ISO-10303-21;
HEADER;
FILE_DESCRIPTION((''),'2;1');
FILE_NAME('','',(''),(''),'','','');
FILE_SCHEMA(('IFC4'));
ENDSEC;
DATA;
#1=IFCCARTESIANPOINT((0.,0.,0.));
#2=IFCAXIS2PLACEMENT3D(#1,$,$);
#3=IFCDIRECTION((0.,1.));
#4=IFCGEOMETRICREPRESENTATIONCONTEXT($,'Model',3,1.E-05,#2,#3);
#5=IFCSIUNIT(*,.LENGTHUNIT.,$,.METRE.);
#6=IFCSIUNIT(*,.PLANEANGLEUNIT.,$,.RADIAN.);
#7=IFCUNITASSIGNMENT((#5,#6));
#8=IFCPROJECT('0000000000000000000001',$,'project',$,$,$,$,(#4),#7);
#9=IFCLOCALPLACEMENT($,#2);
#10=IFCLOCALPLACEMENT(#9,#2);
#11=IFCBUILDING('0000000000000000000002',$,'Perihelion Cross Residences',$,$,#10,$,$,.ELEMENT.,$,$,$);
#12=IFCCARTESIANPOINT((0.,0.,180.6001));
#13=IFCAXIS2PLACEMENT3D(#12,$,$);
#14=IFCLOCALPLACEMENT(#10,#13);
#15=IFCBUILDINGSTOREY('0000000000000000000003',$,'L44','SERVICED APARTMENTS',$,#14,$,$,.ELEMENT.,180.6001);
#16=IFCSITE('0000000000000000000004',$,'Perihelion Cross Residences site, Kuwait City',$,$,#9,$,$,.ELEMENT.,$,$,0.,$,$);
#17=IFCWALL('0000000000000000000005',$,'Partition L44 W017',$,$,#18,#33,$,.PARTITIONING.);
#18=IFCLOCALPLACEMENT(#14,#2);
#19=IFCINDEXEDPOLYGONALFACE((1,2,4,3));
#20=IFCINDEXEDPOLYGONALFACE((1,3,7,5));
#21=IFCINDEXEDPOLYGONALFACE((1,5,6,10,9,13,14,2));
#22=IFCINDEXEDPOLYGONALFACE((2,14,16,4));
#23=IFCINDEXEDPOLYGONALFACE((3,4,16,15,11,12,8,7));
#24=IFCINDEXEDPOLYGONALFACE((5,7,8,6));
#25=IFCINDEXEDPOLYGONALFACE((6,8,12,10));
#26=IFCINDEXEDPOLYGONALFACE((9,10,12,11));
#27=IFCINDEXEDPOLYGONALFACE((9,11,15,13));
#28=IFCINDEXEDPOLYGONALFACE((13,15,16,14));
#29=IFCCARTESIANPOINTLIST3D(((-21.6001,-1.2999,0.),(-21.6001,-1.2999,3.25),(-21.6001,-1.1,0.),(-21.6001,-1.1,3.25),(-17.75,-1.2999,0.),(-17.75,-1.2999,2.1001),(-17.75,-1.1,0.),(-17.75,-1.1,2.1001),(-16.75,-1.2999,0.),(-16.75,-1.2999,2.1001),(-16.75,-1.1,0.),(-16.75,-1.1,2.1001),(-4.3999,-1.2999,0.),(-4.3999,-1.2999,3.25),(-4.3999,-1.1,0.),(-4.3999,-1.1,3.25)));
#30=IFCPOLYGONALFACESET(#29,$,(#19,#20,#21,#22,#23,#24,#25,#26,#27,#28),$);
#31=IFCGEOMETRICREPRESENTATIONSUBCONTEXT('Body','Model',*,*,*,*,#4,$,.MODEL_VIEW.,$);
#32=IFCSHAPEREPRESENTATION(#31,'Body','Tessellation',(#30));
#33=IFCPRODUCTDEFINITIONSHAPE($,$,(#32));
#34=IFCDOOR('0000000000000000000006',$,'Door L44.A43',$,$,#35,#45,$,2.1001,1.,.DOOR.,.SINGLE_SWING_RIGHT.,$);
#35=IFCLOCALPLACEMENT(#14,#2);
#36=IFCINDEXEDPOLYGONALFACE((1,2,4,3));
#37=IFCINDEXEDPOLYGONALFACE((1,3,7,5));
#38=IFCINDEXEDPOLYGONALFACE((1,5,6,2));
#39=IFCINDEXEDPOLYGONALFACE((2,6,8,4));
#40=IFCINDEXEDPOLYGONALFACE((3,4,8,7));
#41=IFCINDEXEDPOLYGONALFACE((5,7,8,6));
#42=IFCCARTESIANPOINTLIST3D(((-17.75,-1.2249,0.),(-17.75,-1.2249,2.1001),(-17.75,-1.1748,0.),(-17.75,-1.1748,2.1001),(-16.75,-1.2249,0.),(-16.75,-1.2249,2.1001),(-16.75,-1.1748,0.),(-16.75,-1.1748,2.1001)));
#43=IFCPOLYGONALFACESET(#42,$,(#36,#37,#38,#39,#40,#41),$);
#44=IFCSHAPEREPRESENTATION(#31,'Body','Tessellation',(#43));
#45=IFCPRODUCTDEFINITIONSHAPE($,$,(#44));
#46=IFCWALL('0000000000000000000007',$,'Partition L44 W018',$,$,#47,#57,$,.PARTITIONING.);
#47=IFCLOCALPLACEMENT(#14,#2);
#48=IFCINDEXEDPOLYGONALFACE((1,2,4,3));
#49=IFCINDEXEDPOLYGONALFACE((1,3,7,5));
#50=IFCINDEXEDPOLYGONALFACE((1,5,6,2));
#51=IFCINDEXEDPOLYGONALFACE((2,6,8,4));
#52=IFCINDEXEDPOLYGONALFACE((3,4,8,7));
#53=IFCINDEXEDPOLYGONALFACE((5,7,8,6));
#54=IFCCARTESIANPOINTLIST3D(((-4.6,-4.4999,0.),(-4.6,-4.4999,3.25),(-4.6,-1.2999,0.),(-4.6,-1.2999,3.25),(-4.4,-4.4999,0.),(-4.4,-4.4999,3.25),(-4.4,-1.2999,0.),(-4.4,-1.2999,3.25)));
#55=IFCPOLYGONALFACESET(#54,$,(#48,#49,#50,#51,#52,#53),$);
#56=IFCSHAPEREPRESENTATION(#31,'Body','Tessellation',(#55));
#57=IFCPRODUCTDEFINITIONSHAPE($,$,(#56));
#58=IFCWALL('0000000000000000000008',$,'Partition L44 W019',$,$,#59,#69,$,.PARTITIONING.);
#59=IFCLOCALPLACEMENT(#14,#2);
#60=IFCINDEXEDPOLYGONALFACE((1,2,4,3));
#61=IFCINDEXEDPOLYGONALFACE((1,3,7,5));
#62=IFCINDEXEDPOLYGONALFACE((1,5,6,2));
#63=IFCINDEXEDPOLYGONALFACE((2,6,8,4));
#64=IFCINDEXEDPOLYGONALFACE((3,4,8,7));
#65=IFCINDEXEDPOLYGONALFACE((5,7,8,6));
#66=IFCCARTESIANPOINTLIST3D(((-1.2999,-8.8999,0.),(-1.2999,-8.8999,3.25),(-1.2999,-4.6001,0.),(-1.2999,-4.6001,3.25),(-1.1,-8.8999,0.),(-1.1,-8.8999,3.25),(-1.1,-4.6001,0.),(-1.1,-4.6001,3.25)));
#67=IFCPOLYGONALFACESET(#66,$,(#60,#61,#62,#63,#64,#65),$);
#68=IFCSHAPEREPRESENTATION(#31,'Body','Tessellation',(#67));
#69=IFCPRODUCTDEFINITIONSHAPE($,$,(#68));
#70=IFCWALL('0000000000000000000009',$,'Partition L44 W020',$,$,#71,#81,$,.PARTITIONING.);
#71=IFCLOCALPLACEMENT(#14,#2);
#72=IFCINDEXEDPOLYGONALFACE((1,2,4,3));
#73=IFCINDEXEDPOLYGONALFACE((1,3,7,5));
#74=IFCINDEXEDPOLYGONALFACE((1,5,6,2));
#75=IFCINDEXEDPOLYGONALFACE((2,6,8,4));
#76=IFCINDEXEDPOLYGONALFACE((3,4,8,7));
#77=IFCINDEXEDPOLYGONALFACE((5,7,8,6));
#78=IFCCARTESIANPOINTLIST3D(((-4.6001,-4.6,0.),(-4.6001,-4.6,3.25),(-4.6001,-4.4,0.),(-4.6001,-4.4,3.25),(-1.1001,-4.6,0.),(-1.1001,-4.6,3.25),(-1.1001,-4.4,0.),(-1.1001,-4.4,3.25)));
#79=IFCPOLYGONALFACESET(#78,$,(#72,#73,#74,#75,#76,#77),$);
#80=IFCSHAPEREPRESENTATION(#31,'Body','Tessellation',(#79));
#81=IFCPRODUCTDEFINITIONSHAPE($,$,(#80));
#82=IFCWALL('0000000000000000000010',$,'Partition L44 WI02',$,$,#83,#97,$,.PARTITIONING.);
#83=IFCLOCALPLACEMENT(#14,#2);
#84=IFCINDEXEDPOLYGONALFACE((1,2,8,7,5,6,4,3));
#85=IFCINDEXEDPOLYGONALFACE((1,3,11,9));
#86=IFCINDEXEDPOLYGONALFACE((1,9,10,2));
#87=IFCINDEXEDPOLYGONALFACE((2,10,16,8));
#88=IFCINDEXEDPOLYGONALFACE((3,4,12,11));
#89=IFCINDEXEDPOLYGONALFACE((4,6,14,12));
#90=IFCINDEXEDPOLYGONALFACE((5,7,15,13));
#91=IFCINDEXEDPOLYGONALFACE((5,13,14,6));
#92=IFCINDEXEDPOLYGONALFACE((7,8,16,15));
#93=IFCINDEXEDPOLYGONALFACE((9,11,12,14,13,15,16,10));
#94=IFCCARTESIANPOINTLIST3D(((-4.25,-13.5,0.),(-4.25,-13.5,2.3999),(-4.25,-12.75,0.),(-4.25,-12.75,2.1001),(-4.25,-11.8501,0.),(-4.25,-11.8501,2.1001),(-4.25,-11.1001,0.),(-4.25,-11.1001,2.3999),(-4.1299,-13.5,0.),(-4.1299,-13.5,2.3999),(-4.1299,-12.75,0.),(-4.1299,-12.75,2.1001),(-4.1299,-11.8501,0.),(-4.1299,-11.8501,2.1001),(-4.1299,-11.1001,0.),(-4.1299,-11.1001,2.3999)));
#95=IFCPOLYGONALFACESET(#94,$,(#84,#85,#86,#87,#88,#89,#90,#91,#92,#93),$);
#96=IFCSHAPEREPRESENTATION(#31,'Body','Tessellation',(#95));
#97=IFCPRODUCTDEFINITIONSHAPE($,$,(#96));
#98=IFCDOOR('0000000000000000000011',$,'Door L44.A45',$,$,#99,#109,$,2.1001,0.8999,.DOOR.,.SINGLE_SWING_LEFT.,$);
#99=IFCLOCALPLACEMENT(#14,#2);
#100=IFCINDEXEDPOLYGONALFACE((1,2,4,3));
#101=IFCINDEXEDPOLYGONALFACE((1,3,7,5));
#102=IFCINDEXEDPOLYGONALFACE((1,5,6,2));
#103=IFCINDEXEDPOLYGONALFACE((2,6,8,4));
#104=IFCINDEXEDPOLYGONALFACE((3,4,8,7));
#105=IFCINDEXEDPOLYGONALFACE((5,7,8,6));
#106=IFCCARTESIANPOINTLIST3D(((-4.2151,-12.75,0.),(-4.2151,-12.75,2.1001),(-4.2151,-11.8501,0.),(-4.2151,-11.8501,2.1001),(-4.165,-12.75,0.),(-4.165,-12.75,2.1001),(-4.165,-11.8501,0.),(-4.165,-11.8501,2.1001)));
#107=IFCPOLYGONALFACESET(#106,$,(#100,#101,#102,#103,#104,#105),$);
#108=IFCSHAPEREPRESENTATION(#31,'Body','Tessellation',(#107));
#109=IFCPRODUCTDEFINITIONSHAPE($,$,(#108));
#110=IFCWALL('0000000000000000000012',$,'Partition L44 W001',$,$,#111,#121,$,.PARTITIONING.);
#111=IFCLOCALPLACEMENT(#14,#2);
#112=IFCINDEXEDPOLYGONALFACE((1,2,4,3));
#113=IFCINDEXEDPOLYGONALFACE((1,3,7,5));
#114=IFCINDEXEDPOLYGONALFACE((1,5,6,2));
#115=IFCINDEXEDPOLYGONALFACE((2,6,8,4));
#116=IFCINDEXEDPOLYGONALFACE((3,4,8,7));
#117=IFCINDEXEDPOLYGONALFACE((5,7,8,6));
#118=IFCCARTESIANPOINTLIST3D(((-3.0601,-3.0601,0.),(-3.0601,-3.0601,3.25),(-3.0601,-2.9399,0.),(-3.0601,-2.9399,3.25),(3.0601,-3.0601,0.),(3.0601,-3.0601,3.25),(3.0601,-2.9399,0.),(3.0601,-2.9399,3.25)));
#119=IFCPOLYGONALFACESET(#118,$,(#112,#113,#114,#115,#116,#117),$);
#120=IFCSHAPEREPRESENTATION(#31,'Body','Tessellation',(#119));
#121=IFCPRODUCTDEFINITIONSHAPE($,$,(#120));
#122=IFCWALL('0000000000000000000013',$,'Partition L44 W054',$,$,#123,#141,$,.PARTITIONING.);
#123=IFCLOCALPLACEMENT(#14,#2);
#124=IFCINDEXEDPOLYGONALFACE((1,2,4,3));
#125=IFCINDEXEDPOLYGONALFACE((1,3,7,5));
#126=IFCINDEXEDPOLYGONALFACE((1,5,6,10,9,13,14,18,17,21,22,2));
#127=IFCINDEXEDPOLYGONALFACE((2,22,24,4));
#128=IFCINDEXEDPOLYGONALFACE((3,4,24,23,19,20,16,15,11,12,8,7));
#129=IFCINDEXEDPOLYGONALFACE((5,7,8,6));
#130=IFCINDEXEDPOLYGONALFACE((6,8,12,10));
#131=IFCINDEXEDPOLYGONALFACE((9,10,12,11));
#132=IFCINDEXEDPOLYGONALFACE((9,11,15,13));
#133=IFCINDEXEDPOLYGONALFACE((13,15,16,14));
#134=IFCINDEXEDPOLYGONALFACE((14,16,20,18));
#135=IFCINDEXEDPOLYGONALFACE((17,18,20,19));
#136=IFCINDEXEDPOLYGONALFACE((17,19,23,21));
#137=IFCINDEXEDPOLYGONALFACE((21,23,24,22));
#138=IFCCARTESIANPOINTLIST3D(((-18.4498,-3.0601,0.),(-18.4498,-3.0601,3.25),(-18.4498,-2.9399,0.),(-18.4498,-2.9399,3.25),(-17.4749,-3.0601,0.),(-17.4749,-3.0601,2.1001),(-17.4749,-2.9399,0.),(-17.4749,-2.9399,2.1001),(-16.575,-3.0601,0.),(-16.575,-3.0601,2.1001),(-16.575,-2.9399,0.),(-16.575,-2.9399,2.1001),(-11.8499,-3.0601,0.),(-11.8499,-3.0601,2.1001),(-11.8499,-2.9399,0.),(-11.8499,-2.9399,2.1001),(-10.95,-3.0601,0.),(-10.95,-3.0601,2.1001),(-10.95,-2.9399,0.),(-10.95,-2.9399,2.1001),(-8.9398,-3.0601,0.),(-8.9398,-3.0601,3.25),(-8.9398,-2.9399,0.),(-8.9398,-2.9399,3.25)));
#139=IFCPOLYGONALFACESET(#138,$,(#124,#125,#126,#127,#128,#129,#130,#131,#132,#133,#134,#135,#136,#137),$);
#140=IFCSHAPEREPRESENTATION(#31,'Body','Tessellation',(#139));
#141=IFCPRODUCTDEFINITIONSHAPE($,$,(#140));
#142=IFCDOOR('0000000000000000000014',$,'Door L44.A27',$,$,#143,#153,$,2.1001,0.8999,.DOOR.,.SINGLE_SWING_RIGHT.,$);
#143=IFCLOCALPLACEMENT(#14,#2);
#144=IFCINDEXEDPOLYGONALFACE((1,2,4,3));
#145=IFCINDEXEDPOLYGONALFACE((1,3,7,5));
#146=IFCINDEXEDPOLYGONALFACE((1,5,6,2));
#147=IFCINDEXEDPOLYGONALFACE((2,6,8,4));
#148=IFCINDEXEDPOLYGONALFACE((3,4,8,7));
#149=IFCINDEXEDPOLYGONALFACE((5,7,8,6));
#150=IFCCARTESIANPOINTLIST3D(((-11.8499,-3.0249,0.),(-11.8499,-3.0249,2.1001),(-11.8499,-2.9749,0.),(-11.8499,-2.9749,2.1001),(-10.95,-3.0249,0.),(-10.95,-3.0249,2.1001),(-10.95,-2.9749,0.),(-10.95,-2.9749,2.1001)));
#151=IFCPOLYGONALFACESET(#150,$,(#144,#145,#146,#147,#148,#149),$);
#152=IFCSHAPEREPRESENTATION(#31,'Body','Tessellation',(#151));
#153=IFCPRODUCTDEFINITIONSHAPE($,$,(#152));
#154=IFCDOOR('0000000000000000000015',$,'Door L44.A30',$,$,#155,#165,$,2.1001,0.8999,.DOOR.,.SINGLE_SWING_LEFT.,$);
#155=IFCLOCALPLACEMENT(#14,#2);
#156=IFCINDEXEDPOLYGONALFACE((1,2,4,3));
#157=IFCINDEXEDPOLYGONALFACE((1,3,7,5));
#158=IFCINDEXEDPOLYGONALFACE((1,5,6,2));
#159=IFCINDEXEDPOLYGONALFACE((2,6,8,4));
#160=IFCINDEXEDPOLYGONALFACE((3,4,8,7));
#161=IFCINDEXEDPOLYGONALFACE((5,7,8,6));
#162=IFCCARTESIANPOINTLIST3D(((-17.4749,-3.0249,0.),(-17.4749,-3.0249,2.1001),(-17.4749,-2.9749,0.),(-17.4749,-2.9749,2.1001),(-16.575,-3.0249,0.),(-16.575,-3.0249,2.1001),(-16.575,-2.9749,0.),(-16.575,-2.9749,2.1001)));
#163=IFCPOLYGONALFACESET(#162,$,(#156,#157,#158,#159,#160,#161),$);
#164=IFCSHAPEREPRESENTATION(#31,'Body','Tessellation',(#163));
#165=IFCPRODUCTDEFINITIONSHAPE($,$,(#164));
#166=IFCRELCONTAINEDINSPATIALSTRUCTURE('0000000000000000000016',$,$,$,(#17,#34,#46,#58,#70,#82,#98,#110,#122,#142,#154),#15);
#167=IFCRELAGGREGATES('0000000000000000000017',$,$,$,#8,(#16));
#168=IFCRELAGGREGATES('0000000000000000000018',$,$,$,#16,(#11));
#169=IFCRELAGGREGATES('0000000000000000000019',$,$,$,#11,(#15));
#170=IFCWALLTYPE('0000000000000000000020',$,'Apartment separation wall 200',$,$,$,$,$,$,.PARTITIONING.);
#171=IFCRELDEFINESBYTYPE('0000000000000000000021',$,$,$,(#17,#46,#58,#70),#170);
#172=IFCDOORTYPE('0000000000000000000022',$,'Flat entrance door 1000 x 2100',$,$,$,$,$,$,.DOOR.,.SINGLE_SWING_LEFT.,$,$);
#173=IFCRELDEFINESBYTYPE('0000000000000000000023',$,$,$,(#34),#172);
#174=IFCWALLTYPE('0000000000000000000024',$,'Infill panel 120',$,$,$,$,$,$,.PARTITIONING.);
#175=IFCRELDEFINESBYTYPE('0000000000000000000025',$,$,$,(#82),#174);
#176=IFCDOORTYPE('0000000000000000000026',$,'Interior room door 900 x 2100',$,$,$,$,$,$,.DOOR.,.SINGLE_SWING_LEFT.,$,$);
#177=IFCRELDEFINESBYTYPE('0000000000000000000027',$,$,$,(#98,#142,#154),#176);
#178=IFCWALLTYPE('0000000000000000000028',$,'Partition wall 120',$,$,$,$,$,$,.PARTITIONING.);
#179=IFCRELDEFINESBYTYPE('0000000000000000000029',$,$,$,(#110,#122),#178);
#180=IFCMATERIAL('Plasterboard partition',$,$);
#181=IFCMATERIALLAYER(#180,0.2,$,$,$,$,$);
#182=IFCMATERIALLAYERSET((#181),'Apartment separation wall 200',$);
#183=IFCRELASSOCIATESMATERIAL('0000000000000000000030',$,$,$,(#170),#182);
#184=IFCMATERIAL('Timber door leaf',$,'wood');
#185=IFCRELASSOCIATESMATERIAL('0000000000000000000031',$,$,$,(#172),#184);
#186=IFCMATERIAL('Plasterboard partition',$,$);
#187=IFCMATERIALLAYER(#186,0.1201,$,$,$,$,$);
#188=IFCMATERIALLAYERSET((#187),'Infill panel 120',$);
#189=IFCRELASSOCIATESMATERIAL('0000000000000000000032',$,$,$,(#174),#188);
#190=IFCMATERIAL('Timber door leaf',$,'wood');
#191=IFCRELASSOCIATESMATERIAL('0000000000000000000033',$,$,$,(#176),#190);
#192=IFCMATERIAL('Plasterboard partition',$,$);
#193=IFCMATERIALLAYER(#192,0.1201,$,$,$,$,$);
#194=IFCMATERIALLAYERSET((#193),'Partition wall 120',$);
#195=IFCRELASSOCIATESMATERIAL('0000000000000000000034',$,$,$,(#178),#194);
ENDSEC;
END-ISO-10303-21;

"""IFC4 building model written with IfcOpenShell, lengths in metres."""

from ifc_helpers import new_model, si_unit, direction, frame, frame_2d, origin, place, context, subcontext, project, spatial, rectangle, extrude, material, layer, layer_set, type_object, element, fill, save


model = new_model("IFC4")

# Units and contexts
model_context = context("Model", 3, precision=1e-05, world=origin(), true_north=direction((0.0, 1.0)))
body_context = subcontext(model_context, "Body", "Model", "MODEL_VIEW")
ifc_project = project(units=[si_unit("LENGTHUNIT", "METRE"), si_unit("PLANEANGLEUNIT", "RADIAN")], contexts=[model_context])

# Site, building, storey
site_placement = place(None, origin())
site = spatial("IfcSite", under=ifc_project, at=site_placement, Name="Perihelion Cross Residences site, Kuwait City", CompositionType="ELEMENT", RefElevation=0.0)
building_placement = place(site_placement, origin())
building = spatial("IfcBuilding", under=site, at=building_placement, Name="Perihelion Cross Residences", CompositionType="ELEMENT")
storey_placement = place(building_placement, frame((0.0, 0.0, 180.6001)))
storey = spatial("IfcBuildingStorey", under=building, at=storey_placement, Name="L44", Description="SERVICED APARTMENTS", CompositionType="ELEMENT", Elevation=180.6001)

# Wall, opening, door
ifc_material_1 = material(Name="Plasterboard partition")
ifc_layer_1 = layer(ifc_material_1, 0.2)
ifc_layer_set_1 = layer_set([ifc_layer_1], Name="Apartment separation wall 200")
wall_type_1 = type_object("IfcWallType", Name="Apartment separation wall 200", PredefinedType="PARTITIONING", material=ifc_layer_set_1)
wall_1_placement = place(storey_placement, frame((-4.3999, -1.2, 0.0), z_axis=(0.0, 0.0, 1.0), x_axis=(-1.0, 0.0, 0.0)))
wall_1 = element("IfcWall", 1, at=wall_1_placement, inside=storey, type_object=wall_type_1, Name="Partition L44 W017", PredefinedType="PARTITIONING", context=body_context, shape_type="SweptSolid", body=[
    extrude(rectangle(XDim=17.2002, YDim=0.2, at=frame_2d((8.6001, 0.0))), origin(), (0.0, 0.0, 1.0), 3.25),
])
opening_1_placement = place(wall_1_placement, frame((12.3501, 0.0, 0.0)))
opening_1 = element("IfcOpeningElement", 2, at=opening_1_placement, cuts=wall_1, PredefinedType="OPENING", context=body_context, shape_type="SweptSolid", body=[
    extrude(rectangle(XDim=1.0, YDim=2.1001, at=frame_2d((0.5, 1.05))), frame((0.0, 0.1099, 0.0), z_axis=(0.0, -1.0, 0.0), x_axis=(1.0, 0.0, 0.0)), (0.0, 0.0, 1.0), 0.22),
])
ifc_material_2 = material(Name="Timber door leaf", Category="wood")
door_type_1 = type_object("IfcDoorType", Name="Flat entrance door 1000 x 2100", OperationType="SINGLE_SWING_LEFT", PredefinedType="DOOR", material=ifc_material_2)
door_1_placement = place(opening_1_placement, origin())
door_1 = element("IfcDoor", 3, at=door_1_placement, inside=storey, type_object=door_type_1, Name="Door L44.A43", OperationType="SINGLE_SWING_RIGHT", OverallHeight=2.1001, OverallWidth=1.0, PredefinedType="DOOR", context=body_context, shape_type="SweptSolid", body=[
    extrude(rectangle(XDim=1.0, YDim=2.1001, at=frame_2d((0.5, 1.05))), frame((0.0, 0.0249, 0.0), z_axis=(0.0, -1.0, 0.0), x_axis=(1.0, 0.0, 0.0)), (0.0, 0.0, 1.0), 0.05),
])
fill(opening_1, door_1)

# Walls
wall_2_placement = place(storey_placement, frame((-4.5, -4.5, 0.0), z_axis=(0.0, 0.0, 1.0), x_axis=(0.0, 1.0, 0.0)))
element("IfcWall", 4, at=wall_2_placement, inside=storey, type_object=wall_type_1, Name="Partition L44 W018", PredefinedType="PARTITIONING", context=body_context, shape_type="SweptSolid", body=[
    extrude(rectangle(XDim=3.2, YDim=0.2, at=frame_2d((1.6001, 0.0))), origin(), (0.0, 0.0, 1.0), 3.25),
])
wall_3_placement = place(storey_placement, frame((-1.2, -8.8999, 0.0), z_axis=(0.0, 0.0, 1.0), x_axis=(0.0, 1.0, 0.0)))
element("IfcWall", 5, at=wall_3_placement, inside=storey, type_object=wall_type_1, Name="Partition L44 W019", PredefinedType="PARTITIONING", context=body_context, shape_type="SweptSolid", body=[
    extrude(rectangle(XDim=4.2998, YDim=0.2, at=frame_2d((2.1499, 0.0))), origin(), (0.0, 0.0, 1.0), 3.25),
])
wall_4_placement = place(storey_placement, frame((-1.1001, -4.5, 0.0), z_axis=(0.0, 0.0, 1.0), x_axis=(-1.0, 0.0, 0.0)))
element("IfcWall", 6, at=wall_4_placement, inside=storey, type_object=wall_type_1, Name="Partition L44 W020", PredefinedType="PARTITIONING", context=body_context, shape_type="SweptSolid", body=[
    extrude(rectangle(XDim=3.5, YDim=0.2, at=frame_2d((1.75, 0.0))), origin(), (0.0, 0.0, 1.0), 3.25),
])

# Wall, opening, door
ifc_material_3 = material(Name="Plasterboard partition")
ifc_layer_2 = layer(ifc_material_3, 0.1201)
ifc_layer_set_2 = layer_set([ifc_layer_2], Name="Infill panel 120")
wall_type_2 = type_object("IfcWallType", Name="Infill panel 120", PredefinedType="PARTITIONING", material=ifc_layer_set_2)
wall_5_placement = place(storey_placement, frame((-4.1899, -11.1001, 0.0), z_axis=(0.0, 0.0, 1.0), x_axis=(0.0, -1.0, 0.0)))
wall_5 = element("IfcWall", 7, at=wall_5_placement, inside=storey, type_object=wall_type_2, Name="Partition L44 WI02", PredefinedType="PARTITIONING", context=body_context, shape_type="SweptSolid", body=[
    extrude(rectangle(XDim=2.3999, YDim=0.1201, at=frame_2d((1.2, 0.0))), origin(), (0.0, 0.0, 1.0), 2.3999),
])
opening_2_placement = place(wall_5_placement, frame((0.75, 0.0, 0.0)))
opening_2 = element("IfcOpeningElement", 8, at=opening_2_placement, cuts=wall_5, PredefinedType="OPENING", context=body_context, shape_type="SweptSolid", body=[
    extrude(rectangle(XDim=0.8999, YDim=2.1001, at=frame_2d((0.45, 1.05))), frame((0.0, 0.0701, 0.0), z_axis=(0.0, -1.0, 0.0), x_axis=(1.0, 0.0, 0.0)), (0.0, 0.0, 1.0), 0.1401),
])
ifc_material_4 = material(Name="Timber door leaf", Category="wood")
door_type_2 = type_object("IfcDoorType", Name="Interior room door 900 x 2100", OperationType="SINGLE_SWING_LEFT", PredefinedType="DOOR", material=ifc_material_4)
door_2_placement = place(opening_2_placement, origin())
door_2 = element("IfcDoor", 9, at=door_2_placement, inside=storey, type_object=door_type_2, Name="Door L44.A45", OperationType="SINGLE_SWING_LEFT", OverallHeight=2.1001, OverallWidth=0.8999, PredefinedType="DOOR", context=body_context, shape_type="SweptSolid", body=[
    extrude(rectangle(XDim=0.8999, YDim=2.1001, at=frame_2d((0.45, 1.05))), frame((0.0, 0.0249, 0.0), z_axis=(0.0, -1.0, 0.0), x_axis=(1.0, 0.0, 0.0)), (0.0, 0.0, 1.0), 0.05),
])
fill(opening_2, door_2)

# Wall
ifc_material_5 = material(Name="Plasterboard partition")
ifc_layer_3 = layer(ifc_material_5, 0.1201)
ifc_layer_set_3 = layer_set([ifc_layer_3], Name="Partition wall 120")
wall_type_3 = type_object("IfcWallType", Name="Partition wall 120", PredefinedType="PARTITIONING", material=ifc_layer_set_3)
wall_6_placement = place(storey_placement, frame((-3.0601, -3.0, 0.0), z_axis=(0.0, 0.0, 1.0), x_axis=(1.0, 0.0, 0.0)))
element("IfcWall", 10, at=wall_6_placement, inside=storey, type_object=wall_type_3, Name="Partition L44 W001", PredefinedType="PARTITIONING", context=body_context, shape_type="SweptSolid", body=[
    extrude(rectangle(XDim=6.1201, YDim=0.1201, at=frame_2d((3.0601, 0.0))), origin(), (0.0, 0.0, 1.0), 3.25),
])

# Wall, openings, doors
wall_7_placement = place(storey_placement, frame((-8.9399, -3.0, 0.0), z_axis=(0.0, 0.0, 1.0), x_axis=(-1.0, 0.0, 0.0)))
wall_7 = element("IfcWall", 11, at=wall_7_placement, inside=storey, type_object=wall_type_3, Name="Partition L44 W054", PredefinedType="PARTITIONING", context=body_context, shape_type="SweptSolid", body=[
    extrude(rectangle(XDim=9.51, YDim=0.1201, at=frame_2d((4.7549, 0.0))), origin(), (0.0, 0.0, 1.0), 3.25),
])
opening_3_placement = place(wall_7_placement, frame((2.01, 0.0, 0.0)))
opening_3 = element("IfcOpeningElement", 12, at=opening_3_placement, cuts=wall_7, PredefinedType="OPENING", context=body_context, shape_type="SweptSolid", body=[
    extrude(rectangle(XDim=0.8999, YDim=2.1001, at=frame_2d((0.45, 1.05))), frame((0.0, 0.0701, 0.0), z_axis=(0.0, -1.0, 0.0), x_axis=(1.0, 0.0, 0.0)), (0.0, 0.0, 1.0), 0.1401),
])
opening_4_placement = place(wall_7_placement, frame((7.635, 0.0, 0.0)))
opening_4 = element("IfcOpeningElement", 13, at=opening_4_placement, cuts=wall_7, PredefinedType="OPENING", context=body_context, shape_type="SweptSolid", body=[
    extrude(rectangle(XDim=0.8999, YDim=2.1001, at=frame_2d((0.45, 1.05))), frame((0.0, 0.0701, 0.0), z_axis=(0.0, -1.0, 0.0), x_axis=(1.0, 0.0, 0.0)), (0.0, 0.0, 1.0), 0.1401),
])
door_3_placement = place(opening_3_placement, origin())
door_3 = element("IfcDoor", 14, at=door_3_placement, inside=storey, type_object=door_type_2, Name="Door L44.A27", OperationType="SINGLE_SWING_RIGHT", OverallHeight=2.1001, OverallWidth=0.8999, PredefinedType="DOOR", context=body_context, shape_type="SweptSolid", body=[
    extrude(rectangle(XDim=0.8999, YDim=2.1001, at=frame_2d((0.45, 1.05))), frame((0.0, 0.0249, 0.0), z_axis=(0.0, -1.0, 0.0), x_axis=(1.0, 0.0, 0.0)), (0.0, 0.0, 1.0), 0.05),
])
fill(opening_3, door_3)
door_4_placement = place(opening_4_placement, origin())
door_4 = element("IfcDoor", 15, at=door_4_placement, inside=storey, type_object=door_type_2, Name="Door L44.A30", OperationType="SINGLE_SWING_LEFT", OverallHeight=2.1001, OverallWidth=0.8999, PredefinedType="DOOR", context=body_context, shape_type="SweptSolid", body=[
    extrude(rectangle(XDim=0.8999, YDim=2.1001, at=frame_2d((0.45, 1.05))), frame((0.0, 0.0249, 0.0), z_axis=(0.0, -1.0, 0.0), x_axis=(1.0, 0.0, 0.0)), (0.0, 0.0, 1.0), 0.05),
])
fill(opening_4, door_4)

save(model, "model.ifc")
